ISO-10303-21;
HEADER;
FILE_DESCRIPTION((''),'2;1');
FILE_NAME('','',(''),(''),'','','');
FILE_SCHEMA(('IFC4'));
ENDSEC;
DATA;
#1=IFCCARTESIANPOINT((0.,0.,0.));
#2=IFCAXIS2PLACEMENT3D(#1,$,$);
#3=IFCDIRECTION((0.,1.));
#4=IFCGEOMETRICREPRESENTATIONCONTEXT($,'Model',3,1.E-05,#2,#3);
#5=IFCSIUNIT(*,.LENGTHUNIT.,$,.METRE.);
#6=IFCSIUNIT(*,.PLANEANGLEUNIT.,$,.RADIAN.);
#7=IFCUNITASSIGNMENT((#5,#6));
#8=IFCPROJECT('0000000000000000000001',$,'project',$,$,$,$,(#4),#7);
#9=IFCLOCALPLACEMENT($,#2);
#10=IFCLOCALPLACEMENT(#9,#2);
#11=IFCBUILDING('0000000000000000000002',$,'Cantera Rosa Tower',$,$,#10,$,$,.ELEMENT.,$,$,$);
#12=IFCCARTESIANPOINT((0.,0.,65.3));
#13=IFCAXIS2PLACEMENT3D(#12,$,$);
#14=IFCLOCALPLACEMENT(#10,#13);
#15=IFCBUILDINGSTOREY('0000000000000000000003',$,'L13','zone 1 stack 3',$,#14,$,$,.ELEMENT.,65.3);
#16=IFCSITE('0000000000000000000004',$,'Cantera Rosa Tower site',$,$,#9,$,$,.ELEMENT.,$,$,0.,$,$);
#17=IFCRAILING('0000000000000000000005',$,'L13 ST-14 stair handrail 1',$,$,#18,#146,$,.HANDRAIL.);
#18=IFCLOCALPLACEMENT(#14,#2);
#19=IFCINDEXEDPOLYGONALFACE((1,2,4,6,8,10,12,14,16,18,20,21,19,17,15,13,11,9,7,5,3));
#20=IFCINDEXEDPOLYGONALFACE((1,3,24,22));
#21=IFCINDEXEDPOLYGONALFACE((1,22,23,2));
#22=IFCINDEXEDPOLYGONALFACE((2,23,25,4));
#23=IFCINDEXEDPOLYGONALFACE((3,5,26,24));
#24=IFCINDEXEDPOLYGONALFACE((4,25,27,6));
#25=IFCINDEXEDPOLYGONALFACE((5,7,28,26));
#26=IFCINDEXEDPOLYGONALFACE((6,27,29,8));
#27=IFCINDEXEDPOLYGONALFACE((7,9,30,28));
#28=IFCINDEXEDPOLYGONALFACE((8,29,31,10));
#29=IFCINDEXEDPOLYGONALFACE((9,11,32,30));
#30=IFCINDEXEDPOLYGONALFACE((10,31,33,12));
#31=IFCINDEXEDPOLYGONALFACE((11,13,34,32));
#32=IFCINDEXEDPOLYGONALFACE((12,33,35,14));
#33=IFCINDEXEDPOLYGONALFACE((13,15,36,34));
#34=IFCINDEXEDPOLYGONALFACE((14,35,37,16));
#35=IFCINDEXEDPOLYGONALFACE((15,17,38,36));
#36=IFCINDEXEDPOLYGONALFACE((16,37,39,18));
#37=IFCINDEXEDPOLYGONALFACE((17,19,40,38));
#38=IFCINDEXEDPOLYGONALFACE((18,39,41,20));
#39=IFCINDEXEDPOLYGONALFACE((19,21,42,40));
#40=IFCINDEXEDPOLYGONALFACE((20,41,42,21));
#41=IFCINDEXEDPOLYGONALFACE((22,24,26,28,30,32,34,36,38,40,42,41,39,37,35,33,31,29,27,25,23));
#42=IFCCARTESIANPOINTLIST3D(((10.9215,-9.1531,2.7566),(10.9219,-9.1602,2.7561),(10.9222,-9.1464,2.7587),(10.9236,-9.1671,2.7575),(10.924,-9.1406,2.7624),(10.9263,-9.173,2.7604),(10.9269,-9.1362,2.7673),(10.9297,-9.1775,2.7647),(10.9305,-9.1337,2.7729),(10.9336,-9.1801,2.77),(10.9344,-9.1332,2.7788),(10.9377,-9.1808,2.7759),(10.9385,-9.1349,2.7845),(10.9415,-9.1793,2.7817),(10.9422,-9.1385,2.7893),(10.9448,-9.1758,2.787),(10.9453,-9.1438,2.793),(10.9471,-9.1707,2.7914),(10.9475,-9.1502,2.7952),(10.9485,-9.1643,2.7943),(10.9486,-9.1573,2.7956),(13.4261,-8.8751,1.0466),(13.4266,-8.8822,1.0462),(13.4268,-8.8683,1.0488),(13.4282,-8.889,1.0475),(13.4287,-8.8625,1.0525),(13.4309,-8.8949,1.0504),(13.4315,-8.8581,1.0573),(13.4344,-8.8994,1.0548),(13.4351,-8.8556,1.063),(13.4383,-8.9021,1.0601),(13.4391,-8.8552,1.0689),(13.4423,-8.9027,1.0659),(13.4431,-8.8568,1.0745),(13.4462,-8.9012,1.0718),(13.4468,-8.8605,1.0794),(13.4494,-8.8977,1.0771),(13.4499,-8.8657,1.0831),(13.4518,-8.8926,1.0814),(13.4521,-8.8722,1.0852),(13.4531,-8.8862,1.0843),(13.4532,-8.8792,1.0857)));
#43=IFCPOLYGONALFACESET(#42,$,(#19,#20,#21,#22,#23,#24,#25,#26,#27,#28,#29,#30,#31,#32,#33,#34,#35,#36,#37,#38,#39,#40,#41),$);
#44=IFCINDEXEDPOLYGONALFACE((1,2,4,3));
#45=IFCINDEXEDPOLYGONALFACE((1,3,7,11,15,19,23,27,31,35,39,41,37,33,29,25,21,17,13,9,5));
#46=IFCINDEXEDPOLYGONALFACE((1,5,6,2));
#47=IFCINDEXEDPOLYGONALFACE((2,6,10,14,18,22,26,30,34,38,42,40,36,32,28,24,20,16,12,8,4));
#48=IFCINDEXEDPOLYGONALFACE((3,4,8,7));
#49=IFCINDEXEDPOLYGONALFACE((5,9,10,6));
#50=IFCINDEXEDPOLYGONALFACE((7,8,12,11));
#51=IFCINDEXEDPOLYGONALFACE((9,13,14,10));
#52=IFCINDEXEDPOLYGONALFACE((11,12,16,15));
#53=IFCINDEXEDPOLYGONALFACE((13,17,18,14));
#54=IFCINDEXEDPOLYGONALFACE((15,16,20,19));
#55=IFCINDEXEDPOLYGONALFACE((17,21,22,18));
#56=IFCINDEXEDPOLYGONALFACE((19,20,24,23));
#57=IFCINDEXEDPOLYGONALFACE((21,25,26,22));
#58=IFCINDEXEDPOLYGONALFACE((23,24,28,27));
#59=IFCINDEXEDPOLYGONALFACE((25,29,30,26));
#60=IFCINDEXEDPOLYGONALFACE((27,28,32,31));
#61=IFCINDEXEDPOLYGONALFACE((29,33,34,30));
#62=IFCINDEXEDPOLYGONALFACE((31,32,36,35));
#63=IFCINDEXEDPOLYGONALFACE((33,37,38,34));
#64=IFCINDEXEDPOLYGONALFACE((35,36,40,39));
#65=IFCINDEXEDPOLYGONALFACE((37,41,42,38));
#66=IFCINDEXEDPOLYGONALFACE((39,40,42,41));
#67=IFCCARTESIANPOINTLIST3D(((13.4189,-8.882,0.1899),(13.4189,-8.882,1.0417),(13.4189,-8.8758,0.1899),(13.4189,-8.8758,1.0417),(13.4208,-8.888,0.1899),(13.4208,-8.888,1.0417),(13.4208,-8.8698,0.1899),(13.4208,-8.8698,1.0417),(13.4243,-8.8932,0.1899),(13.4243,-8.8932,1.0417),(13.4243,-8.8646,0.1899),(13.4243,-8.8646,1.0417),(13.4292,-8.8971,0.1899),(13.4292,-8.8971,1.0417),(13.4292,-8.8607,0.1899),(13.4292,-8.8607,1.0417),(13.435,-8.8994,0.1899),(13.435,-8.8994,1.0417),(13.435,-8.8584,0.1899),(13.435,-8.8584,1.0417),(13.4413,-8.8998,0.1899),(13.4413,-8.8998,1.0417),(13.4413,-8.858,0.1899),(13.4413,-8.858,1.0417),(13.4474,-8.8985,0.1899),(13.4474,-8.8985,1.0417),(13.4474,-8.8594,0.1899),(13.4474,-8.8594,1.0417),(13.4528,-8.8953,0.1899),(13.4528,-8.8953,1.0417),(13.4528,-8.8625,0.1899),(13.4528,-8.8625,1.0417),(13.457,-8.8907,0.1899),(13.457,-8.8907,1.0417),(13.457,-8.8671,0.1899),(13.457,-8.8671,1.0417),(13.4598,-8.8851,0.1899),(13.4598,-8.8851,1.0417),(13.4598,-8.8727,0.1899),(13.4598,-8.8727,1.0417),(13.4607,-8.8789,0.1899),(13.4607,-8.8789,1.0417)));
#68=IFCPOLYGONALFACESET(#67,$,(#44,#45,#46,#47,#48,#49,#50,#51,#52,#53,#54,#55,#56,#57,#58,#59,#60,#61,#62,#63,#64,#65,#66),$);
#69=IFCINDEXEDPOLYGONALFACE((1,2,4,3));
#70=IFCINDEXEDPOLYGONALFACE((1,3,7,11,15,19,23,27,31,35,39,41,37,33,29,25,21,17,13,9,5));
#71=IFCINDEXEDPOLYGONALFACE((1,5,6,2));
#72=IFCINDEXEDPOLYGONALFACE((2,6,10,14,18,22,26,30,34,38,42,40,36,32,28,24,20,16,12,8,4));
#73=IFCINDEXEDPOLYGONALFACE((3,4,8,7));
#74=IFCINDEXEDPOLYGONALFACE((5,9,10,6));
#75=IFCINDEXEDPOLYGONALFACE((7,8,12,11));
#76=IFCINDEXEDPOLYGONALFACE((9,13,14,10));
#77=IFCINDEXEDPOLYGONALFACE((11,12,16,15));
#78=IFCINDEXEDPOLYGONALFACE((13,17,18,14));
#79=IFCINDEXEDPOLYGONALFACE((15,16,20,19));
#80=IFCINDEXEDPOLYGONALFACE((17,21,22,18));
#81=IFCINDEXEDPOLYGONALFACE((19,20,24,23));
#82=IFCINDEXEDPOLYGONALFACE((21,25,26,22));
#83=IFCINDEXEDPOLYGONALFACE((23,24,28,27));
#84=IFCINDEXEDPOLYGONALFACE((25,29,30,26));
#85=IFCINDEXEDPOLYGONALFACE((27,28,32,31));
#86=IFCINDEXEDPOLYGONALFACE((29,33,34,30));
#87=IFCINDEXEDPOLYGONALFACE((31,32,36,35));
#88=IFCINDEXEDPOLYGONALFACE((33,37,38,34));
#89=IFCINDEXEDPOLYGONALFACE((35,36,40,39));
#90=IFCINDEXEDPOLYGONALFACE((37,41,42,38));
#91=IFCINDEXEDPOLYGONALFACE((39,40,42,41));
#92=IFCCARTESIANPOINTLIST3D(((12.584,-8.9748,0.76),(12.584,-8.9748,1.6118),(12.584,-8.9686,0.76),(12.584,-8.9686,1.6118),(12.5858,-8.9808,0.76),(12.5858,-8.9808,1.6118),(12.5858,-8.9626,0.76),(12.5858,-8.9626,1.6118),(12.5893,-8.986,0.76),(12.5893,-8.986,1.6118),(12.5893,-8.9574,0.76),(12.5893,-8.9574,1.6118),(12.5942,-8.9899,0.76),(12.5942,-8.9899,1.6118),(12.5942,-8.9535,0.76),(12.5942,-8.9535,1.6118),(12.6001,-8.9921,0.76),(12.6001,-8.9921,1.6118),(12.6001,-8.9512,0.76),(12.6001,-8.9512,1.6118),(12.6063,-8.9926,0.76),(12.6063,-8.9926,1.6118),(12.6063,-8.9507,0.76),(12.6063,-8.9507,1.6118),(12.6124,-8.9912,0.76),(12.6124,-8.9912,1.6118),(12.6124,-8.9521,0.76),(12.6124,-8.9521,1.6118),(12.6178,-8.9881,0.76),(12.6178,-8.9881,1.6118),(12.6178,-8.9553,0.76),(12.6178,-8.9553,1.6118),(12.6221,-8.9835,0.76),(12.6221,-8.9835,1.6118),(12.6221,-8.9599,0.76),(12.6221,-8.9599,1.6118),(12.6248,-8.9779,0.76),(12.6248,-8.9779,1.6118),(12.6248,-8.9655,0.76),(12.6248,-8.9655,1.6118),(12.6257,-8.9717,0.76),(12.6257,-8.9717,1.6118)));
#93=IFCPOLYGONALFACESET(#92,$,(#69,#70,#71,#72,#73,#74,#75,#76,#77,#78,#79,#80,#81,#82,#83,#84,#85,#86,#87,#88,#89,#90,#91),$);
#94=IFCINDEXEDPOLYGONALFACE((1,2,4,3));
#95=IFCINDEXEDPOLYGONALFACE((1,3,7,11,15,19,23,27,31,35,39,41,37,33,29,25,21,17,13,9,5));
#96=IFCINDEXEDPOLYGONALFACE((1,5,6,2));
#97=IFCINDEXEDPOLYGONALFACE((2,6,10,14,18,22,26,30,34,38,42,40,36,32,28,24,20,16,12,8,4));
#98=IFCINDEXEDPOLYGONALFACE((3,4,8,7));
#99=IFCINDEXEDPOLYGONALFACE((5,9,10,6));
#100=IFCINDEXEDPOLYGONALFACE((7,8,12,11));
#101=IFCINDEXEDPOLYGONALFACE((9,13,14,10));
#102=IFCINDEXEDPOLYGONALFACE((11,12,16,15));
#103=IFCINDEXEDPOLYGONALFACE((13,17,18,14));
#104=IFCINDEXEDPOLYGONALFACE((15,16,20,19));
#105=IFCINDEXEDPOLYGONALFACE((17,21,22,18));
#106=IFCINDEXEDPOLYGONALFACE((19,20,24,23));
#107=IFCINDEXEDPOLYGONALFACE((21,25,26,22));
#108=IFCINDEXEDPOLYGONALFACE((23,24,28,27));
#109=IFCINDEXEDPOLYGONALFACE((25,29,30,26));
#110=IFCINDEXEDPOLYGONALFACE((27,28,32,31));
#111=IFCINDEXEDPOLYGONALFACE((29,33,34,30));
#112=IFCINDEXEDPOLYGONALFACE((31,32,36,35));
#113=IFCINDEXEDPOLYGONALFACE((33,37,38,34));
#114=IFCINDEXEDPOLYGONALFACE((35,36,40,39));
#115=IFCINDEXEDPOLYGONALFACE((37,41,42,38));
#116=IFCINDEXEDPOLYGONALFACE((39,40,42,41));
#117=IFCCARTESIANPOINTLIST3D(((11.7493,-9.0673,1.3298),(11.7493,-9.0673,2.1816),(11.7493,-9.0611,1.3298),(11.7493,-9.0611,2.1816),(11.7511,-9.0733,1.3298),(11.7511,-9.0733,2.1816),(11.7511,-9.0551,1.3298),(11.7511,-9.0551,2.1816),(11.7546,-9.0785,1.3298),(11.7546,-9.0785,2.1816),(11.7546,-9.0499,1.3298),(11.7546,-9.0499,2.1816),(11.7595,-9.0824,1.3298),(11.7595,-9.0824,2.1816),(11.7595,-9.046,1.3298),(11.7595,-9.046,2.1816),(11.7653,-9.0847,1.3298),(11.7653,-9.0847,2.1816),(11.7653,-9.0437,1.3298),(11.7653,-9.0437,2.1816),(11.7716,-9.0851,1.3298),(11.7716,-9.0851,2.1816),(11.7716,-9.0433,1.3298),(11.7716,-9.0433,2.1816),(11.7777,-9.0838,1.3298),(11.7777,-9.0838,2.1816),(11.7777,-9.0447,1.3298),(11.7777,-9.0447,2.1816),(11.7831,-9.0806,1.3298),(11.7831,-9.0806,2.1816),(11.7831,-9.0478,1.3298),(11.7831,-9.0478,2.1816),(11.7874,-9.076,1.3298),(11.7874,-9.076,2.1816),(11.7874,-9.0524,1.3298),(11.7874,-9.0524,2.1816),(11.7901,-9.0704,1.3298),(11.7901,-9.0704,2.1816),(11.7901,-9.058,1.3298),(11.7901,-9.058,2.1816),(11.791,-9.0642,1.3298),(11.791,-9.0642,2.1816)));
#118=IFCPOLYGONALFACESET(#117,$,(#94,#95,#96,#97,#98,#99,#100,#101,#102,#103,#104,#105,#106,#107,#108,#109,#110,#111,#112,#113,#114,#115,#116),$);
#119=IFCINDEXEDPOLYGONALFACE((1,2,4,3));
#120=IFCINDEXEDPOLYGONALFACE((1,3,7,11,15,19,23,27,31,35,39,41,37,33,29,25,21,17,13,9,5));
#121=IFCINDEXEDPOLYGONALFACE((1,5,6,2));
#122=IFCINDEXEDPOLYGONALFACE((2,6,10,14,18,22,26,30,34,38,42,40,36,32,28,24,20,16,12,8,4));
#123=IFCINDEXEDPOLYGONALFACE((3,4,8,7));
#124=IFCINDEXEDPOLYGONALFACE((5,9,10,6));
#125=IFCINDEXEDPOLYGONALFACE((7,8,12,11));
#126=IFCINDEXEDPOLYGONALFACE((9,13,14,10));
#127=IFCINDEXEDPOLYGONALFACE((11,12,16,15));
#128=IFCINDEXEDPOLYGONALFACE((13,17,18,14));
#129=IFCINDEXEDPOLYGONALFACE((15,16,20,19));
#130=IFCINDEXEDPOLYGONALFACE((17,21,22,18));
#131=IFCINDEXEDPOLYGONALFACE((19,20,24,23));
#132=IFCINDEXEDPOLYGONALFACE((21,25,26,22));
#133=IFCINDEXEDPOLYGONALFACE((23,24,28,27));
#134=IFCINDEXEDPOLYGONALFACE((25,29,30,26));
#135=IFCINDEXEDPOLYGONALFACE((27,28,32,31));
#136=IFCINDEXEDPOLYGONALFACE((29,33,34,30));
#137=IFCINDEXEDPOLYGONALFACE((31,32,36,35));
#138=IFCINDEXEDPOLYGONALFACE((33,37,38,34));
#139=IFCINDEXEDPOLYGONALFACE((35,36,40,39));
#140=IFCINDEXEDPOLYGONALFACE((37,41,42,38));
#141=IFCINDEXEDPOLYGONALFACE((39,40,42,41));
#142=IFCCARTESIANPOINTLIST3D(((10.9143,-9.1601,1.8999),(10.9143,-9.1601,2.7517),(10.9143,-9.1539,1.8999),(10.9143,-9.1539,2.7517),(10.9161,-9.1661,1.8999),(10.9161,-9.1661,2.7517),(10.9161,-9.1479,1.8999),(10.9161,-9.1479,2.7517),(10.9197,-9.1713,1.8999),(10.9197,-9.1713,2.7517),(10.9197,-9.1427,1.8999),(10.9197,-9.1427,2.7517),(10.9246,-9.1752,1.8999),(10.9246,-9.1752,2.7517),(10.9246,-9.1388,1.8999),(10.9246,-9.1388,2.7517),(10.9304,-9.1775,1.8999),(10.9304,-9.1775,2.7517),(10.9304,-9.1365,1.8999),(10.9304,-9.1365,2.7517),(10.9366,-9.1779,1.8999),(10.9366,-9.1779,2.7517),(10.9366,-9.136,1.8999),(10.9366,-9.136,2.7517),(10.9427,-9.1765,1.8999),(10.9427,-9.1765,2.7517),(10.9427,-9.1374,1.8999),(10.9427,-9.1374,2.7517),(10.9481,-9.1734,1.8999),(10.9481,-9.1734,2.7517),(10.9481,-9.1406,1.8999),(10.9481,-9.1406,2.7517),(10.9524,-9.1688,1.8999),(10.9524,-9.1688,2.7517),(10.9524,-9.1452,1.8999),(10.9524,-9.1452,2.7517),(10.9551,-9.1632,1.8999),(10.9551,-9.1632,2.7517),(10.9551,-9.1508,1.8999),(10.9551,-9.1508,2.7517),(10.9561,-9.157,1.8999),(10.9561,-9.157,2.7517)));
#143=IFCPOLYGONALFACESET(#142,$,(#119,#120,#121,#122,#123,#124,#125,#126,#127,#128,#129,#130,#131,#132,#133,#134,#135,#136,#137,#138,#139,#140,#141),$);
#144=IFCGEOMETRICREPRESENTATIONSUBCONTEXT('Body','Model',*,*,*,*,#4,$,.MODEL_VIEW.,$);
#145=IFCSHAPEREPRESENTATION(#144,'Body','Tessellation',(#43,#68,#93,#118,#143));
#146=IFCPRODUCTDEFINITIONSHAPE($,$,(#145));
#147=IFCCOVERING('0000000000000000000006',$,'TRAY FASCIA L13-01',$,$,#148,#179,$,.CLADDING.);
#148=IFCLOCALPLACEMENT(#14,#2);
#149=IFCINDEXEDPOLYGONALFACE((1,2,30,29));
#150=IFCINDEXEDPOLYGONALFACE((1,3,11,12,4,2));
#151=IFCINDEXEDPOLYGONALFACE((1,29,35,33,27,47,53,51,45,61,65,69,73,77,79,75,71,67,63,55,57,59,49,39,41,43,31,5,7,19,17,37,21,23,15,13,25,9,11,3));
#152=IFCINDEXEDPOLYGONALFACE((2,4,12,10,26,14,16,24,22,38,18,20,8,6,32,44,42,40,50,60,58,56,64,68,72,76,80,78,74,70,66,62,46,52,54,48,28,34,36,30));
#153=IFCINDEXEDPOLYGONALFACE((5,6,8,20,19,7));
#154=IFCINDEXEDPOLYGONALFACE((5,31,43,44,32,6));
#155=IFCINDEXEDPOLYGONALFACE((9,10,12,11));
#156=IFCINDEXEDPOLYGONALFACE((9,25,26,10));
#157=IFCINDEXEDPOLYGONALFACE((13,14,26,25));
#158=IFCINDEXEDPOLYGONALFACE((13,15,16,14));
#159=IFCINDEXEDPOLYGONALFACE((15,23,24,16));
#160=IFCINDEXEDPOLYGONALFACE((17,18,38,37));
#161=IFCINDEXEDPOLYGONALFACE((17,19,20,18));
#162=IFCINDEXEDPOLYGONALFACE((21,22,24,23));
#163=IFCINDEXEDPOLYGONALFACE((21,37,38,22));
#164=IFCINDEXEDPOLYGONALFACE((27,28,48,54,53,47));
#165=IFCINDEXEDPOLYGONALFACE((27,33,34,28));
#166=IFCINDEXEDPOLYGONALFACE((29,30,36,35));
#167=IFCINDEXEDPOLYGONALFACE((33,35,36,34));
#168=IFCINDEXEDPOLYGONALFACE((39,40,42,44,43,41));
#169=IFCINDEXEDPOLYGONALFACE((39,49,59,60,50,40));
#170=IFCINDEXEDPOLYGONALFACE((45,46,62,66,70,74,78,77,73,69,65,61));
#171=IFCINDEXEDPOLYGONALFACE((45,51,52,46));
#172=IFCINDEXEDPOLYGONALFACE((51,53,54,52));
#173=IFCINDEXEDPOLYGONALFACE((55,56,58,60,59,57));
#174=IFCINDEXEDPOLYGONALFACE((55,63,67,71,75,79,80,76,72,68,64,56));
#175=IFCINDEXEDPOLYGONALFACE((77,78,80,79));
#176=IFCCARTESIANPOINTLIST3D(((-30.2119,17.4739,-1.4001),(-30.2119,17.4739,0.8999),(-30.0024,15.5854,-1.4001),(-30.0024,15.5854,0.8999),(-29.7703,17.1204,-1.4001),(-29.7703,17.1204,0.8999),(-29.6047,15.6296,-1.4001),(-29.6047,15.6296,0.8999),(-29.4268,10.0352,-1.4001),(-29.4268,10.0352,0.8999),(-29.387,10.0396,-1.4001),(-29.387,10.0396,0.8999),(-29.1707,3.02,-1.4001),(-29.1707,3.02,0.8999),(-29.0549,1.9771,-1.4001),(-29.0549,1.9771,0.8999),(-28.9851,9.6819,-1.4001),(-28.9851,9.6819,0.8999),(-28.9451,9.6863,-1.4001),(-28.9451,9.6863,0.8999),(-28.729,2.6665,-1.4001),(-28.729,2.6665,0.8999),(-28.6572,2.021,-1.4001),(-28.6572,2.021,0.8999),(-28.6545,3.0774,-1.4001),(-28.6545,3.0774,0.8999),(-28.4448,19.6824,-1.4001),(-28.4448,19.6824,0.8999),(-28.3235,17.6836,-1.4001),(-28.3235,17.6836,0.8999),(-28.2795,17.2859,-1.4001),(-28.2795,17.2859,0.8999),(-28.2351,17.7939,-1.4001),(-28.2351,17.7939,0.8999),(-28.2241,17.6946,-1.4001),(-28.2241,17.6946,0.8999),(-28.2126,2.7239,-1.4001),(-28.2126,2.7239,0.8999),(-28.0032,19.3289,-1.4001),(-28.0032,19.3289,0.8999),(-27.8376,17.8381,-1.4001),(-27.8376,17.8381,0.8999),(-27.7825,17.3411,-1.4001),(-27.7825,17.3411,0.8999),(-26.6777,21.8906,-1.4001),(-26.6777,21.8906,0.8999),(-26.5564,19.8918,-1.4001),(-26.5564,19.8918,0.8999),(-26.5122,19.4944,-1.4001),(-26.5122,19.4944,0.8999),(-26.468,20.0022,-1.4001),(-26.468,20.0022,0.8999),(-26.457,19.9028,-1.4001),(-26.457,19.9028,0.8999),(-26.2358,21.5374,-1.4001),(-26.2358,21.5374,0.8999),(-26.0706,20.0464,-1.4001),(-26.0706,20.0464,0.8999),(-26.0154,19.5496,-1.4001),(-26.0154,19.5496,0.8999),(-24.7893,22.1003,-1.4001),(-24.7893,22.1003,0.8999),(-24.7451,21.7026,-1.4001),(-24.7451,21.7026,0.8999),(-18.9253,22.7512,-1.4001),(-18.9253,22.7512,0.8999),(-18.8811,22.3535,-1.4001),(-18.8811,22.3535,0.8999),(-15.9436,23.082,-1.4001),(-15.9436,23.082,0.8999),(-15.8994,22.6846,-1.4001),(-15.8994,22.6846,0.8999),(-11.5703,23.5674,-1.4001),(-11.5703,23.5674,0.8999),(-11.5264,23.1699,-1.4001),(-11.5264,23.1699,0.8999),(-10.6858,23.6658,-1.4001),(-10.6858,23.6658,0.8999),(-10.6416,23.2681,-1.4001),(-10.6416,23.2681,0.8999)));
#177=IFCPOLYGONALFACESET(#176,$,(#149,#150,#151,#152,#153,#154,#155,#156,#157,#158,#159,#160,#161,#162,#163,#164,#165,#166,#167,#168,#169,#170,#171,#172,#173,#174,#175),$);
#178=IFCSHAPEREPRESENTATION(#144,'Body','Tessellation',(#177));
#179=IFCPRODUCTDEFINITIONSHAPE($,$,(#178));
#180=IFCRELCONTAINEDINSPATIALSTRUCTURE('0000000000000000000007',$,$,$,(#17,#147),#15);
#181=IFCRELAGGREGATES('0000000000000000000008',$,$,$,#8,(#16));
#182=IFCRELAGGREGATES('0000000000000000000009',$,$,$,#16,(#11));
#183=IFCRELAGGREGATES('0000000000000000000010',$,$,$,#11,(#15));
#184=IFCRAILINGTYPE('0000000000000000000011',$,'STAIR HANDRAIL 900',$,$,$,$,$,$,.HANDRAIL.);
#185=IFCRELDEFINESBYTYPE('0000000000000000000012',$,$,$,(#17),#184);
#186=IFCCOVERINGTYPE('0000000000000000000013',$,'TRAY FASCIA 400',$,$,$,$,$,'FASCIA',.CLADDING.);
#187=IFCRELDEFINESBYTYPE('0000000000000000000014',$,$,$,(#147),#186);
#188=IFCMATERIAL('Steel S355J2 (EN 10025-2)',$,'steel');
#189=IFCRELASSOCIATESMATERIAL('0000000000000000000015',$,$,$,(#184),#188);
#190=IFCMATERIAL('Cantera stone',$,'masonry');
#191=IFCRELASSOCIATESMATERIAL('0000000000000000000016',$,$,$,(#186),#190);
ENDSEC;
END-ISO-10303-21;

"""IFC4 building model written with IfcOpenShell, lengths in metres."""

from ifc_helpers import new_model, si_unit, direction, frame, origin, origin_2d, place, context, subcontext, project, spatial, polyline, circle, outline, extrude, material, type_object, element, save


model = new_model("IFC4")

# Units and contexts
model_context = context("Model", 3, precision=1e-05, world=origin(), true_north=direction((0.0, 1.0)))
body_context = subcontext(model_context, "Body", "Model", "MODEL_VIEW")
ifc_project = project(units=[si_unit("LENGTHUNIT", "METRE"), si_unit("PLANEANGLEUNIT", "RADIAN")], contexts=[model_context])

# Site, building, storey
site_placement = place(None, origin())
site = spatial("IfcSite", under=ifc_project, at=site_placement, Name="Cantera Rosa Tower site", CompositionType="ELEMENT", RefElevation=0.0)
building_placement = place(site_placement, origin())
building = spatial("IfcBuilding", under=site, at=building_placement, Name="Cantera Rosa Tower", CompositionType="ELEMENT")
storey_placement = place(building_placement, frame((0.0, 0.0, 65.3)))
storey = spatial("IfcBuildingStorey", under=building, at=storey_placement, Name="L13", Description="zone 1 stack 3", CompositionType="ELEMENT", Elevation=65.3)

# Railing
ifc_material_1 = material(Name="Steel S355J2 (EN 10025-2)", Category="steel")
railing_type_1 = type_object("IfcRailingType", Name="STAIR HANDRAIL 900", PredefinedType="HANDRAIL", material=ifc_material_1)
railing_1_placement = place(storey_placement, frame((13.4397, -8.8789, 0.1899)))
element("IfcRailing", 1, at=railing_1_placement, inside=storey, type_object=railing_type_1, Name="L13 ST-14 stair handrail 1", PredefinedType="HANDRAIL", context=body_context, shape_type="SweptSolid", body=[
    extrude(circle(Radius=0.0239, at=origin_2d()), frame((0.0, 0.0, 0.876), z_axis=(-0.822431, -0.09131, 0.561488), x_axis=(0.110346, -0.993893, 0.0)), (0.0, 0.0, 1.0), 3.0454),
    extrude(circle(Radius=0.021, at=origin_2d()), origin(), (0.0, 0.0, 1.0), 0.8518),
    extrude(circle(Radius=0.021, at=origin_2d()), frame((-0.835, -0.0928, 0.5701)), (0.0, 0.0, 1.0), 0.8518),
    extrude(circle(Radius=0.021, at=origin_2d()), frame((-1.6697, -0.1853, 1.1399)), (0.0, 0.0, 1.0), 0.8518),
    extrude(circle(Radius=0.021, at=origin_2d()), frame((-2.5046, -0.2781, 1.71)), (0.0, 0.0, 1.0), 0.8518),
])

# Covering
ifc_material_2 = material(Name="Cantera stone", Category="masonry")
covering_type = type_object("IfcCoveringType", Name="TRAY FASCIA 400", ElementType="FASCIA", PredefinedType="CLADDING", material=ifc_material_2)
covering_placement = place(storey_placement, frame((0.0, 0.0, -1.4001)))
element("IfcCovering", 2, at=covering_placement, inside=storey, type_object=covering_type, Name="TRAY FASCIA L13-01", PredefinedType="CLADDING", context=body_context, shape_type="SweptSolid", body=[
    extrude(outline(polyline([(-30.2119, 17.4739), (-28.3235, 17.6836), (-28.2241, 17.6946), (-28.2351, 17.7939), (-28.4448, 19.6824), (-26.5564, 19.8918), (-26.457, 19.9028), (-26.468, 20.0022), (-26.6777, 21.8906), (-24.7893, 22.1003), (-18.9253, 22.7512), (-15.9436, 23.082), (-11.5703, 23.5674), (-10.6858, 23.6658), (-10.6416, 23.2681), (-11.5264, 23.1699), (-15.8994, 22.6846), (-18.8811, 22.3535), (-24.7451, 21.7026), (-26.2358, 21.5374), (-26.0706, 20.0464), (-26.0154, 19.5496), (-26.5122, 19.4944), (-28.0032, 19.3289), (-27.8376, 17.8381), (-27.7825, 17.3411), (-28.2795, 17.2859), (-29.7703, 17.1204), (-29.6047, 15.6296), (-28.9451, 9.6863), (-28.9851, 9.6819), (-28.2126, 2.7239), (-28.729, 2.6665), (-28.6572, 2.021), (-29.0549, 1.9771), (-29.1707, 3.02), (-28.6545, 3.0774), (-29.4268, 10.0352), (-29.387, 10.0396), (-30.0024, 15.5854), (-30.2119, 17.4739)])), origin(), (0.0, 0.0, 1.0), 2.3),
])

save(model, "model.ifc")
